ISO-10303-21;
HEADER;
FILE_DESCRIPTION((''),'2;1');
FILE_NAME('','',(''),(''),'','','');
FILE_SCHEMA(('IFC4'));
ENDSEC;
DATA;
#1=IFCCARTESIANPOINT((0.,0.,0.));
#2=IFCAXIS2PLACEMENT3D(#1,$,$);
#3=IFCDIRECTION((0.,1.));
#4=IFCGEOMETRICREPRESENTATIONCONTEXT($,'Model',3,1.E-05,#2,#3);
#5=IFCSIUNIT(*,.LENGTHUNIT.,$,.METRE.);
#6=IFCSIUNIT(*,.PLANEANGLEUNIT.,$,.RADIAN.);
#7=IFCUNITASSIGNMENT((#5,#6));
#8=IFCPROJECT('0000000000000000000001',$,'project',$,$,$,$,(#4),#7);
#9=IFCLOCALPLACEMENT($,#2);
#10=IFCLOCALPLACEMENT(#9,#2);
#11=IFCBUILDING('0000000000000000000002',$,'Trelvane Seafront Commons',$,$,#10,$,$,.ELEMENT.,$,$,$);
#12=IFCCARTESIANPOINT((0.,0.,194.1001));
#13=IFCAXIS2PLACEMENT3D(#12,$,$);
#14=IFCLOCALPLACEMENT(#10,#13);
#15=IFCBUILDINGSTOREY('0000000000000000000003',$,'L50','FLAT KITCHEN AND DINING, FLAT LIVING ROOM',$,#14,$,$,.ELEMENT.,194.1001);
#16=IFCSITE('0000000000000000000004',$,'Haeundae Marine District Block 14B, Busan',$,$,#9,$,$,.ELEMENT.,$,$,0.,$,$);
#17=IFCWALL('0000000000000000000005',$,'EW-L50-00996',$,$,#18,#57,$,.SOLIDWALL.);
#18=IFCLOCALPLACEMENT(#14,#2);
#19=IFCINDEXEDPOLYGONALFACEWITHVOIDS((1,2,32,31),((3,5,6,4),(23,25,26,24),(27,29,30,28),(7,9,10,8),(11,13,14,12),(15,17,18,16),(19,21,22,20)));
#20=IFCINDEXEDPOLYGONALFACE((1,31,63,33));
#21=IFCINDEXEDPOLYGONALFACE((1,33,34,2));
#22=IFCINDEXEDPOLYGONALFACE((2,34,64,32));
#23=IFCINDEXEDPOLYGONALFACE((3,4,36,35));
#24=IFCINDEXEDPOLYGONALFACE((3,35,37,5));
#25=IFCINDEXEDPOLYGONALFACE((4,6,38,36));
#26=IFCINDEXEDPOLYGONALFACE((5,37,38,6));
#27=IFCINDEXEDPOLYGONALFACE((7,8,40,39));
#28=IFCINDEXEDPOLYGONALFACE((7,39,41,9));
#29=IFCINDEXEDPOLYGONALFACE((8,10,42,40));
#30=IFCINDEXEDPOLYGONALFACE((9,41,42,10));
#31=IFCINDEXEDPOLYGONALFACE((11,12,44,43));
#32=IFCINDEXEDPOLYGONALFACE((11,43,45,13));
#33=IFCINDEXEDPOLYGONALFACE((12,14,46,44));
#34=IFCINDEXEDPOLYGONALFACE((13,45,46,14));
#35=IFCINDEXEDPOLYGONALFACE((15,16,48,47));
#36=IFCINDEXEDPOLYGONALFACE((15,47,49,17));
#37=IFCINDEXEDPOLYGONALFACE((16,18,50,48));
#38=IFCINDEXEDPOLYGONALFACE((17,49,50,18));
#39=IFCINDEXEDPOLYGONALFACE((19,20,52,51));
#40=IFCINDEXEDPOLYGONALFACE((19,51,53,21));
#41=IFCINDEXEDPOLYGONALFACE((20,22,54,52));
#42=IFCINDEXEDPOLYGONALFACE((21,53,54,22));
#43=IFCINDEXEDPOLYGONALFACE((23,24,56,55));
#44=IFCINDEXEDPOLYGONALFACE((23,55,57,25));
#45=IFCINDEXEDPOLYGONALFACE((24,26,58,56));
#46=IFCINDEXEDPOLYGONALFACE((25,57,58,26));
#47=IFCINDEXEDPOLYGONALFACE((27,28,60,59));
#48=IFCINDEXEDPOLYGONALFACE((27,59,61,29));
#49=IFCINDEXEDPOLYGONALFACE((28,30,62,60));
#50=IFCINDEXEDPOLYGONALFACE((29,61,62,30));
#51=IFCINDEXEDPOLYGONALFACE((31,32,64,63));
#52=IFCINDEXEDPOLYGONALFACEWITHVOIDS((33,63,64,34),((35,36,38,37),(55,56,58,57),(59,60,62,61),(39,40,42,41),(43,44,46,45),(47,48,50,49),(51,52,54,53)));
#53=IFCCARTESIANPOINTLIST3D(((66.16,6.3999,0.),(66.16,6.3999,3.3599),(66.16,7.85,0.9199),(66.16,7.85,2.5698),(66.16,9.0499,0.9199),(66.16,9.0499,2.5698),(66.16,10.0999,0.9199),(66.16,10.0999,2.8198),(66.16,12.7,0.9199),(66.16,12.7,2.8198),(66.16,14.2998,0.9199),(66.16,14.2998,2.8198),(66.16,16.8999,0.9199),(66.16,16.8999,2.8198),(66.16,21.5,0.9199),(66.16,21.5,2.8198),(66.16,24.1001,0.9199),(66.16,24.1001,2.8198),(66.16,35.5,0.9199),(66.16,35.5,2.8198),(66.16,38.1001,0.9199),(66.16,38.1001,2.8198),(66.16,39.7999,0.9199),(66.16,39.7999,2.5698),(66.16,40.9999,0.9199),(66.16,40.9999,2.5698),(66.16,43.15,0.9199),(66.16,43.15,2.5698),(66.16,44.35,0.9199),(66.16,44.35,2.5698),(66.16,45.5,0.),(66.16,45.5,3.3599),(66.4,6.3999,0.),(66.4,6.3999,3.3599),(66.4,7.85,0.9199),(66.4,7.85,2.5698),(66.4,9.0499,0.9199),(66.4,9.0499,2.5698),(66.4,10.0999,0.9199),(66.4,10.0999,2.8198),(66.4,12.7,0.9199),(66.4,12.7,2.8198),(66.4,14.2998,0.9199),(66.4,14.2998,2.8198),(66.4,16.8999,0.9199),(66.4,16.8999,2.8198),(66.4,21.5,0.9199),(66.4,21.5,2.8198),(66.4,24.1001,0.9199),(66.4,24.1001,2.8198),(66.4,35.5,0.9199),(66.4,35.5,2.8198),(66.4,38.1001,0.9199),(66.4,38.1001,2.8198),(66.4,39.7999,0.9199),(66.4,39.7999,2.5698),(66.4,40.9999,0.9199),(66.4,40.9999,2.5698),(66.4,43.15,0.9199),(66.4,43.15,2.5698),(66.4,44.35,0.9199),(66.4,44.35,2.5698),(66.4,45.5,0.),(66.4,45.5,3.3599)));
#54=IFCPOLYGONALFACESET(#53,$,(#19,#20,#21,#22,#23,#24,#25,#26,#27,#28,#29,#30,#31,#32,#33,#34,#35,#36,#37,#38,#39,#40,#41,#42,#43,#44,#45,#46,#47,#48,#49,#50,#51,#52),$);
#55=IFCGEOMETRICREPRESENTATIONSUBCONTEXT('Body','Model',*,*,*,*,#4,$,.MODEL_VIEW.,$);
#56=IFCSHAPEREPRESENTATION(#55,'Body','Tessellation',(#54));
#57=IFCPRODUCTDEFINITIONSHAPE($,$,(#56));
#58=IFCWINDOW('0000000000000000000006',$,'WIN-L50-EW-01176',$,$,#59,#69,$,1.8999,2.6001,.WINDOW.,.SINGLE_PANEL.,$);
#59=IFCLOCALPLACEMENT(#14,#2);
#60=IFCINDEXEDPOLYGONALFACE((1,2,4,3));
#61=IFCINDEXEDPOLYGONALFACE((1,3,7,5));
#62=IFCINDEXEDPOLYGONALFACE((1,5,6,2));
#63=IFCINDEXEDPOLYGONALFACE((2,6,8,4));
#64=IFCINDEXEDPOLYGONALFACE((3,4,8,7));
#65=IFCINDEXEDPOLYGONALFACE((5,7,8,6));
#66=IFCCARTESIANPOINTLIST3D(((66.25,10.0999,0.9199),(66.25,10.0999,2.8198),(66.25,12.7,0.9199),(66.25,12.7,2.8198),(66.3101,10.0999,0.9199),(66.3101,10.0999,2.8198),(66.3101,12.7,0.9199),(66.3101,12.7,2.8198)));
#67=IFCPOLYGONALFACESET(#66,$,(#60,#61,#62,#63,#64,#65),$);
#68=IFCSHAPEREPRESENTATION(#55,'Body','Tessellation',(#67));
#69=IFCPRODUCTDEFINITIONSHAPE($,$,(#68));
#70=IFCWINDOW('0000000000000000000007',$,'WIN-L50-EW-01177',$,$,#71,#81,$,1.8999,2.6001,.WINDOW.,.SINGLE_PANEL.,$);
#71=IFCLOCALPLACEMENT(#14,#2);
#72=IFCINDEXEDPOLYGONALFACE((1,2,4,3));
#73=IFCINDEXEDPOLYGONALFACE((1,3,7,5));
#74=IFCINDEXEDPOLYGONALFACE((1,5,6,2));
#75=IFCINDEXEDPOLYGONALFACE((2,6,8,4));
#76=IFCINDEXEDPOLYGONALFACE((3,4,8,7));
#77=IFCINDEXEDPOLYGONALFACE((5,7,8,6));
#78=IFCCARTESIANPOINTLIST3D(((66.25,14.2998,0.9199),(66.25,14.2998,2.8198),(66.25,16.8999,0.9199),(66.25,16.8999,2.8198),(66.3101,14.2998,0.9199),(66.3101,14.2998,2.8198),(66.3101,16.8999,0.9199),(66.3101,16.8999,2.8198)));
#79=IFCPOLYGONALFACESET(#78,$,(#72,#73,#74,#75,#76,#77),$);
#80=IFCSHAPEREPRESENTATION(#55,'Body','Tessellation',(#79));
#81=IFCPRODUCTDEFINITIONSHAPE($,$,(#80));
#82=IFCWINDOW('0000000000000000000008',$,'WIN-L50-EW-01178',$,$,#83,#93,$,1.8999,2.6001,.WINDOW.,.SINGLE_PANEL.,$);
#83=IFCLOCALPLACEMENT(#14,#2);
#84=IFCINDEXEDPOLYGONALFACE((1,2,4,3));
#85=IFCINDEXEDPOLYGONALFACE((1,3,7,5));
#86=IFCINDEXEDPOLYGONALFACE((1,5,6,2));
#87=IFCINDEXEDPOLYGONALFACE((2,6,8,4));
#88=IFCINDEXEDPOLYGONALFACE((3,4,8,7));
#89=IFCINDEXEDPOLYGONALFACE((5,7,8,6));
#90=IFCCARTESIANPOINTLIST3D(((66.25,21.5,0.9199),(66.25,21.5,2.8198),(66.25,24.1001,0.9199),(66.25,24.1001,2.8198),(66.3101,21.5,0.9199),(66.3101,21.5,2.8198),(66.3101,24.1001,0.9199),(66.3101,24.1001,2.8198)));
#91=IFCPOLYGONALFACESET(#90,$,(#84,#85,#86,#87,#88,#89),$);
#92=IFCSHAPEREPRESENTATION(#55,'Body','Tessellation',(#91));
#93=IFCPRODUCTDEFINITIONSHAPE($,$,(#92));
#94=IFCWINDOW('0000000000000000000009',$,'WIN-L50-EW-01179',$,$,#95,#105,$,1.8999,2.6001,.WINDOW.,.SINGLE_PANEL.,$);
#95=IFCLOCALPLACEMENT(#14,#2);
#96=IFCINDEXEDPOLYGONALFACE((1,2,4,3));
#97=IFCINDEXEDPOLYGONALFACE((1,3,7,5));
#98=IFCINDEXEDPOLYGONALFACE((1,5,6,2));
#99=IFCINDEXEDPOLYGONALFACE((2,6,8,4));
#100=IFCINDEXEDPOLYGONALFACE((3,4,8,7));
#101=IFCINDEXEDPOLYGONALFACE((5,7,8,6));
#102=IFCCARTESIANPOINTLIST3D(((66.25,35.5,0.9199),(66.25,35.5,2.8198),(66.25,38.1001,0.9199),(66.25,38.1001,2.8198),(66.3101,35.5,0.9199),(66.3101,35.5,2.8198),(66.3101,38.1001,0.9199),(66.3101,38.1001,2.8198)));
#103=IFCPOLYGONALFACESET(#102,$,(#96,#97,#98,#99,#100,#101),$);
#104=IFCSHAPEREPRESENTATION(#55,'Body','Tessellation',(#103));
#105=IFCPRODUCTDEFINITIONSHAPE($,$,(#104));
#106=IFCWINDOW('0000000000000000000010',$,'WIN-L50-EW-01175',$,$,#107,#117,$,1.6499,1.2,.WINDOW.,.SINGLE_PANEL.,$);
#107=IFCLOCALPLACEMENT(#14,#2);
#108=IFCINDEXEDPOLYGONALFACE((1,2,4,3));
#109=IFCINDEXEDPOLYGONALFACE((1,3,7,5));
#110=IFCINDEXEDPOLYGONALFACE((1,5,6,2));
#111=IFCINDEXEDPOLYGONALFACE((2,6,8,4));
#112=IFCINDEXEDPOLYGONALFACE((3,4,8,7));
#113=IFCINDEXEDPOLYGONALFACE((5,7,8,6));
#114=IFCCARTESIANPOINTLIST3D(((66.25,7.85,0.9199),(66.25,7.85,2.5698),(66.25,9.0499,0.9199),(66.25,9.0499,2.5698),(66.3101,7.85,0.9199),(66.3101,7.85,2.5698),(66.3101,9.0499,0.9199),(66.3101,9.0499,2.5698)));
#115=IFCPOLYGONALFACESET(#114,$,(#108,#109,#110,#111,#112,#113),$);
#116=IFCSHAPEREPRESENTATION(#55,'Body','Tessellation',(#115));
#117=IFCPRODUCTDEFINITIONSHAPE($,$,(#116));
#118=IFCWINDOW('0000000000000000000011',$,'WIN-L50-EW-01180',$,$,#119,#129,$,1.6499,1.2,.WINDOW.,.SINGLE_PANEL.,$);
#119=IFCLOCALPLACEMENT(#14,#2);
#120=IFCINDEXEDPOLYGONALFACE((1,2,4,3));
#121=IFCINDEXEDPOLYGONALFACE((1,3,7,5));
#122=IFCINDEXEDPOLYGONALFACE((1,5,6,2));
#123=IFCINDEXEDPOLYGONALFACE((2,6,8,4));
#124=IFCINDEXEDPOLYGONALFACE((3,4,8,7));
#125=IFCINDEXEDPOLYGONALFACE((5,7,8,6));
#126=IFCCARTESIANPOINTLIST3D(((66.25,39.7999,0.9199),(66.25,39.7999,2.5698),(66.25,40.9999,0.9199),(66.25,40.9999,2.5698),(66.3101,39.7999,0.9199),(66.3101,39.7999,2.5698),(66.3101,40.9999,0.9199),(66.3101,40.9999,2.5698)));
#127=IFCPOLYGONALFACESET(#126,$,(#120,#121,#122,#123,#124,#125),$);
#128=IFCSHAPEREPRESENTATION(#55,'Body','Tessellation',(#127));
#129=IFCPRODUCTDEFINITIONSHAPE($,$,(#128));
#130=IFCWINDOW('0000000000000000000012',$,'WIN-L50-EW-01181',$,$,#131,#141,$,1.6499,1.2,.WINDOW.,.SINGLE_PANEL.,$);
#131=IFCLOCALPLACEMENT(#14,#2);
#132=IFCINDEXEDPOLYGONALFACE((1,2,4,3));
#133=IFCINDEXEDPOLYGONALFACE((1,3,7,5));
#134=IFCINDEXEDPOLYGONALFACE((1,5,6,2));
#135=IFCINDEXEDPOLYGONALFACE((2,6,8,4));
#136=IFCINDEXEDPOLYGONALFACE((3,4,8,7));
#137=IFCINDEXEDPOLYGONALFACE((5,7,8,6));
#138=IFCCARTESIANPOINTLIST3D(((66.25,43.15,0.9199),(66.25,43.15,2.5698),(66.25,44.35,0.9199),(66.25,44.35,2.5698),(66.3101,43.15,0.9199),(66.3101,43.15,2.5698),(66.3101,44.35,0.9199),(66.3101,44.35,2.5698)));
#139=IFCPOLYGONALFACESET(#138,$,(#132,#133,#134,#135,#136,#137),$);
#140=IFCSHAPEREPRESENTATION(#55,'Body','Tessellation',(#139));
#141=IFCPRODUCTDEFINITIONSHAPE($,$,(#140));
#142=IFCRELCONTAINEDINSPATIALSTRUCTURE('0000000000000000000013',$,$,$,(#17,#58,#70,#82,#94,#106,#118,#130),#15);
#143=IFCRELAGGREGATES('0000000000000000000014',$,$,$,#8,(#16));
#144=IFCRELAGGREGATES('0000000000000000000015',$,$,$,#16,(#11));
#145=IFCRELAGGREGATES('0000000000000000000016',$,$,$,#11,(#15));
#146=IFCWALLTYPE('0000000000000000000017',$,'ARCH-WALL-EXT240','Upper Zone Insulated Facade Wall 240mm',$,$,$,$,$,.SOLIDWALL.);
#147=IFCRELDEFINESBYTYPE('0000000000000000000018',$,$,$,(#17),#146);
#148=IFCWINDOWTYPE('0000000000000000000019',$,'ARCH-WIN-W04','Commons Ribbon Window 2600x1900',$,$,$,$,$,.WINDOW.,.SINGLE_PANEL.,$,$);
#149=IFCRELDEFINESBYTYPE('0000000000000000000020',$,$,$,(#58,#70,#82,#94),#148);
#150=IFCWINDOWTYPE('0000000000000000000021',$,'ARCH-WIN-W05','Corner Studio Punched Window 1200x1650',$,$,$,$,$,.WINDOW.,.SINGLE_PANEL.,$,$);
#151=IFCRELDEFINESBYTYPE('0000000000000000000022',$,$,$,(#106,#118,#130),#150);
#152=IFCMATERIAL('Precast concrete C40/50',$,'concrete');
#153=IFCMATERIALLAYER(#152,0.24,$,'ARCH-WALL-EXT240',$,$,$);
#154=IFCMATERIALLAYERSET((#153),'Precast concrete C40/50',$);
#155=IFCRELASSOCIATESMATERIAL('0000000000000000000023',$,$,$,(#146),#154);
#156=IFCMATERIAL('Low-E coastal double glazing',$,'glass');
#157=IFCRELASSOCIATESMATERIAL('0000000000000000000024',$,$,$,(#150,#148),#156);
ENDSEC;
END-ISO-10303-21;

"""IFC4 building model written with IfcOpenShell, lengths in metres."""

from ifc_helpers import new_model, si_unit, direction, frame, frame_2d, origin, place, context, subcontext, project, spatial, rectangle, extrude, source, transform, mapped, material, layer, layer_set, type_object, element, fill, save


model = new_model("IFC4")

# Units and contexts
model_context = context("Model", 3, precision=1e-05, world=origin(), true_north=direction((0.0, 1.0)))
body_context = subcontext(model_context, "Body", "Model", "MODEL_VIEW")
ifc_project = project(units=[si_unit("LENGTHUNIT", "METRE"), si_unit("PLANEANGLEUNIT", "RADIAN")], contexts=[model_context])

# Site, building, storey
site_placement = place(None, origin())
site = spatial("IfcSite", under=ifc_project, at=site_placement, Name="Haeundae Marine District Block 14B, Busan", CompositionType="ELEMENT", RefElevation=0.0)
building_placement = place(site_placement, origin())
building = spatial("IfcBuilding", under=site, at=building_placement, Name="Trelvane Seafront Commons", CompositionType="ELEMENT")
storey_placement = place(building_placement, frame((0.0, 0.0, 194.1001)))
storey = spatial("IfcBuildingStorey", under=building, at=storey_placement, Name="L50", Description="FLAT KITCHEN AND DINING, FLAT LIVING ROOM", CompositionType="ELEMENT", Elevation=194.1001)

# Shared definitions
ifc_material_1 = material(Name="Low-E coastal double glazing", Category="glass")

# Shared definitions
ifc_material_2 = material(Name="Precast concrete C40/50", Category="concrete")
ifc_layer_1 = layer(ifc_material_2, 0.24, Name="ARCH-WALL-EXT240")
ifc_layer_set_1 = layer_set([ifc_layer_1], Name="Precast concrete C40/50")
wall_type = type_object("IfcWallType", Name="ARCH-WALL-EXT240", Description="Upper Zone Insulated Facade Wall 240mm", PredefinedType="SOLIDWALL", material=ifc_layer_set_1)
window_type_1 = type_object("IfcWindowType", Name="ARCH-WIN-W05", Description="Corner Studio Punched Window 1200x1650", PartitioningType="SINGLE_PANEL", PredefinedType="WINDOW", material=ifc_material_1)
shared_shape_1 = source(origin(), body_context, "Body", "SweptSolid", [
    extrude(rectangle(XDim=1.2, YDim=1.6499, at=frame_2d((0.6001, 0.825))), frame((0.0, 0.03, 0.0), z_axis=(0.0, -1.0, 0.0), x_axis=(1.0, 0.0, 0.0)), (0.0, 0.0, 1.0), 0.0601),
])

# Wall, openings, windows
wall_1_placement = place(storey_placement, frame((66.28, 45.5, 0.0), z_axis=(0.0, 0.0, 1.0), x_axis=(0.0, -1.0, 0.0)))
wall_1 = element("IfcWall", 1, at=wall_1_placement, inside=storey, type_object=wall_type, Name="EW-L50-00996", PredefinedType="SOLIDWALL", context=body_context, shape_type="SweptSolid", body=[
    extrude(rectangle(XDim=39.1001, YDim=0.24, at=frame_2d((19.55, 0.0))), origin(), (0.0, 0.0, 1.0), 3.3599),
])
opening_1_placement = place(wall_1_placement, frame((36.45, 0.0, 0.9199)))
opening_1 = element("IfcOpeningElement", 2, at=opening_1_placement, cuts=wall_1, PredefinedType="OPENING", context=body_context, shape_type="SweptSolid", body=[
    extrude(rectangle(XDim=1.2, YDim=1.6499, at=frame_2d((0.6001, 0.825))), frame((0.0, 0.1299, 0.0), z_axis=(0.0, -1.0, 0.0), x_axis=(1.0, 0.0, 0.0)), (0.0, 0.0, 1.0), 0.26),
])
opening_2_placement = place(wall_1_placement, frame((32.8, 0.0, 0.9199)))
opening_2 = element("IfcOpeningElement", 3, at=opening_2_placement, cuts=wall_1, PredefinedType="OPENING", context=body_context, shape_type="SweptSolid", body=[
    extrude(rectangle(XDim=2.6001, YDim=1.8999, at=frame_2d((1.3, 0.95))), frame((0.0, 0.1299, 0.0), z_axis=(0.0, -1.0, 0.0), x_axis=(1.0, 0.0, 0.0)), (0.0, 0.0, 1.0), 0.26),
])
opening_3_placement = place(wall_1_placement, frame((28.6001, 0.0, 0.9199)))
opening_3 = element("IfcOpeningElement", 4, at=opening_3_placement, cuts=wall_1, PredefinedType="OPENING", context=body_context, shape_type="SweptSolid", body=[
    extrude(rectangle(XDim=2.6001, YDim=1.8999, at=frame_2d((1.3, 0.95))), frame((0.0, 0.1299, 0.0), z_axis=(0.0, -1.0, 0.0), x_axis=(1.0, 0.0, 0.0)), (0.0, 0.0, 1.0), 0.26),
])
opening_4_placement = place(wall_1_placement, frame((21.3999, 0.0, 0.9199)))
opening_4 = element("IfcOpeningElement", 5, at=opening_4_placement, cuts=wall_1, PredefinedType="OPENING", context=body_context, shape_type="SweptSolid", body=[
    extrude(rectangle(XDim=2.6001, YDim=1.8999, at=frame_2d((1.3, 0.95))), frame((0.0, 0.1299, 0.0), z_axis=(0.0, -1.0, 0.0), x_axis=(1.0, 0.0, 0.0)), (0.0, 0.0, 1.0), 0.26),
])
opening_5_placement = place(wall_1_placement, frame((7.3999, 0.0, 0.9199)))
opening_5 = element("IfcOpeningElement", 6, at=opening_5_placement, cuts=wall_1, PredefinedType="OPENING", context=body_context, shape_type="SweptSolid", body=[
    extrude(rectangle(XDim=2.6001, YDim=1.8999, at=frame_2d((1.3, 0.95))), frame((0.0, 0.1299, 0.0), z_axis=(0.0, -1.0, 0.0), x_axis=(1.0, 0.0, 0.0)), (0.0, 0.0, 1.0), 0.26),
])
opening_6_placement = place(wall_1_placement, frame((4.5, 0.0, 0.9199)))
opening_6 = element("IfcOpeningElement", 7, at=opening_6_placement, cuts=wall_1, PredefinedType="OPENING", context=body_context, shape_type="SweptSolid", body=[
    extrude(rectangle(XDim=1.2, YDim=1.6499, at=frame_2d((0.6001, 0.825))), frame((0.0, 0.1299, 0.0), z_axis=(0.0, -1.0, 0.0), x_axis=(1.0, 0.0, 0.0)), (0.0, 0.0, 1.0), 0.26),
])
opening_7_placement = place(wall_1_placement, frame((1.1499, 0.0, 0.9199)))
opening_7 = element("IfcOpeningElement", 8, at=opening_7_placement, cuts=wall_1, PredefinedType="OPENING", context=body_context, shape_type="SweptSolid", body=[
    extrude(rectangle(XDim=1.2, YDim=1.6499, at=frame_2d((0.6001, 0.825))), frame((0.0, 0.1299, 0.0), z_axis=(0.0, -1.0, 0.0), x_axis=(1.0, 0.0, 0.0)), (0.0, 0.0, 1.0), 0.26),
])
window_type_2 = type_object("IfcWindowType", Name="ARCH-WIN-W04", Description="Commons Ribbon Window 2600x1900", PartitioningType="SINGLE_PANEL", PredefinedType="WINDOW", material=ifc_material_1)
shared_shape_2 = source(origin(), body_context, "Body", "SweptSolid", [
    extrude(rectangle(XDim=2.6001, YDim=1.8999, at=frame_2d((1.3, 0.95))), frame((0.0, 0.03, 0.0), z_axis=(0.0, -1.0, 0.0), x_axis=(1.0, 0.0, 0.0)), (0.0, 0.0, 1.0), 0.0601),
])
window_1_placement = place(opening_2_placement, origin())
window_1 = element("IfcWindow", 9, at=window_1_placement, inside=storey, type_object=window_type_2, Name="WIN-L50-EW-01176", OverallHeight=1.8999, OverallWidth=2.6001, PartitioningType="SINGLE_PANEL", PredefinedType="WINDOW", context=body_context, shape_type="MappedRepresentation", body=[
    mapped(shared_shape_2, transform((0.0, 0.0, 0.0), x_axis=(1.0, 0.0, 0.0), y_axis=(0.0, 1.0, 0.0), z_axis=(0.0, 0.0, 1.0), scale=1.0)),
])
fill(opening_2, window_1)
window_2_placement = place(opening_3_placement, origin())
window_2 = element("IfcWindow", 10, at=window_2_placement, inside=storey, type_object=window_type_2, Name="WIN-L50-EW-01177", OverallHeight=1.8999, OverallWidth=2.6001, PartitioningType="SINGLE_PANEL", PredefinedType="WINDOW", context=body_context, shape_type="MappedRepresentation", body=[
    mapped(shared_shape_2, transform((0.0, 0.0, 0.0), x_axis=(1.0, 0.0, 0.0), y_axis=(0.0, 1.0, 0.0), z_axis=(0.0, 0.0, 1.0), scale=1.0)),
])
fill(opening_3, window_2)
window_3_placement = place(opening_4_placement, origin())
window_3 = element("IfcWindow", 11, at=window_3_placement, inside=storey, type_object=window_type_2, Name="WIN-L50-EW-01178", OverallHeight=1.8999, OverallWidth=2.6001, PartitioningType="SINGLE_PANEL", PredefinedType="WINDOW", context=body_context, shape_type="MappedRepresentation", body=[
    mapped(shared_shape_2, transform((0.0, 0.0, 0.0), x_axis=(1.0, 0.0, 0.0), y_axis=(0.0, 1.0, 0.0), z_axis=(0.0, 0.0, 1.0), scale=1.0)),
])
fill(opening_4, window_3)
window_4_placement = place(opening_5_placement, origin())
window_4 = element("IfcWindow", 12, at=window_4_placement, inside=storey, type_object=window_type_2, Name="WIN-L50-EW-01179", OverallHeight=1.8999, OverallWidth=2.6001, PartitioningType="SINGLE_PANEL", PredefinedType="WINDOW", context=body_context, shape_type="MappedRepresentation", body=[
    mapped(shared_shape_2, transform((0.0, 0.0, 0.0), x_axis=(1.0, 0.0, 0.0), y_axis=(0.0, 1.0, 0.0), z_axis=(0.0, 0.0, 1.0), scale=1.0)),
])
fill(opening_5, window_4)
window_5_placement = place(opening_1_placement, origin())
window_5 = element("IfcWindow", 13, at=window_5_placement, inside=storey, type_object=window_type_1, Name="WIN-L50-EW-01175", OverallHeight=1.6499, OverallWidth=1.2, PartitioningType="SINGLE_PANEL", PredefinedType="WINDOW", context=body_context, shape_type="MappedRepresentation", body=[
    mapped(shared_shape_1, transform((0.0, 0.0, 0.0), x_axis=(1.0, 0.0, 0.0), y_axis=(0.0, 1.0, 0.0), z_axis=(0.0, 0.0, 1.0), scale=1.0)),
])
fill(opening_1, window_5)
window_6_placement = place(opening_6_placement, origin())
window_6 = element("IfcWindow", 14, at=window_6_placement, inside=storey, type_object=window_type_1, Name="WIN-L50-EW-01180", OverallHeight=1.6499, OverallWidth=1.2, PartitioningType="SINGLE_PANEL", PredefinedType="WINDOW", context=body_context, shape_type="MappedRepresentation", body=[
    mapped(shared_shape_1, transform((0.0, 0.0, 0.0), x_axis=(1.0, 0.0, 0.0), y_axis=(0.0, 1.0, 0.0), z_axis=(0.0, 0.0, 1.0), scale=1.0)),
])
fill(opening_6, window_6)
window_7_placement = place(opening_7_placement, origin())
window_7 = element("IfcWindow", 15, at=window_7_placement, inside=storey, type_object=window_type_1, Name="WIN-L50-EW-01181", OverallHeight=1.6499, OverallWidth=1.2, PartitioningType="SINGLE_PANEL", PredefinedType="WINDOW", context=body_context, shape_type="MappedRepresentation", body=[
    mapped(shared_shape_1, transform((0.0, 0.0, 0.0), x_axis=(1.0, 0.0, 0.0), y_axis=(0.0, 1.0, 0.0), z_axis=(0.0, 0.0, 1.0), scale=1.0)),
])
fill(opening_7, window_7)

save(model, "model.ifc")
